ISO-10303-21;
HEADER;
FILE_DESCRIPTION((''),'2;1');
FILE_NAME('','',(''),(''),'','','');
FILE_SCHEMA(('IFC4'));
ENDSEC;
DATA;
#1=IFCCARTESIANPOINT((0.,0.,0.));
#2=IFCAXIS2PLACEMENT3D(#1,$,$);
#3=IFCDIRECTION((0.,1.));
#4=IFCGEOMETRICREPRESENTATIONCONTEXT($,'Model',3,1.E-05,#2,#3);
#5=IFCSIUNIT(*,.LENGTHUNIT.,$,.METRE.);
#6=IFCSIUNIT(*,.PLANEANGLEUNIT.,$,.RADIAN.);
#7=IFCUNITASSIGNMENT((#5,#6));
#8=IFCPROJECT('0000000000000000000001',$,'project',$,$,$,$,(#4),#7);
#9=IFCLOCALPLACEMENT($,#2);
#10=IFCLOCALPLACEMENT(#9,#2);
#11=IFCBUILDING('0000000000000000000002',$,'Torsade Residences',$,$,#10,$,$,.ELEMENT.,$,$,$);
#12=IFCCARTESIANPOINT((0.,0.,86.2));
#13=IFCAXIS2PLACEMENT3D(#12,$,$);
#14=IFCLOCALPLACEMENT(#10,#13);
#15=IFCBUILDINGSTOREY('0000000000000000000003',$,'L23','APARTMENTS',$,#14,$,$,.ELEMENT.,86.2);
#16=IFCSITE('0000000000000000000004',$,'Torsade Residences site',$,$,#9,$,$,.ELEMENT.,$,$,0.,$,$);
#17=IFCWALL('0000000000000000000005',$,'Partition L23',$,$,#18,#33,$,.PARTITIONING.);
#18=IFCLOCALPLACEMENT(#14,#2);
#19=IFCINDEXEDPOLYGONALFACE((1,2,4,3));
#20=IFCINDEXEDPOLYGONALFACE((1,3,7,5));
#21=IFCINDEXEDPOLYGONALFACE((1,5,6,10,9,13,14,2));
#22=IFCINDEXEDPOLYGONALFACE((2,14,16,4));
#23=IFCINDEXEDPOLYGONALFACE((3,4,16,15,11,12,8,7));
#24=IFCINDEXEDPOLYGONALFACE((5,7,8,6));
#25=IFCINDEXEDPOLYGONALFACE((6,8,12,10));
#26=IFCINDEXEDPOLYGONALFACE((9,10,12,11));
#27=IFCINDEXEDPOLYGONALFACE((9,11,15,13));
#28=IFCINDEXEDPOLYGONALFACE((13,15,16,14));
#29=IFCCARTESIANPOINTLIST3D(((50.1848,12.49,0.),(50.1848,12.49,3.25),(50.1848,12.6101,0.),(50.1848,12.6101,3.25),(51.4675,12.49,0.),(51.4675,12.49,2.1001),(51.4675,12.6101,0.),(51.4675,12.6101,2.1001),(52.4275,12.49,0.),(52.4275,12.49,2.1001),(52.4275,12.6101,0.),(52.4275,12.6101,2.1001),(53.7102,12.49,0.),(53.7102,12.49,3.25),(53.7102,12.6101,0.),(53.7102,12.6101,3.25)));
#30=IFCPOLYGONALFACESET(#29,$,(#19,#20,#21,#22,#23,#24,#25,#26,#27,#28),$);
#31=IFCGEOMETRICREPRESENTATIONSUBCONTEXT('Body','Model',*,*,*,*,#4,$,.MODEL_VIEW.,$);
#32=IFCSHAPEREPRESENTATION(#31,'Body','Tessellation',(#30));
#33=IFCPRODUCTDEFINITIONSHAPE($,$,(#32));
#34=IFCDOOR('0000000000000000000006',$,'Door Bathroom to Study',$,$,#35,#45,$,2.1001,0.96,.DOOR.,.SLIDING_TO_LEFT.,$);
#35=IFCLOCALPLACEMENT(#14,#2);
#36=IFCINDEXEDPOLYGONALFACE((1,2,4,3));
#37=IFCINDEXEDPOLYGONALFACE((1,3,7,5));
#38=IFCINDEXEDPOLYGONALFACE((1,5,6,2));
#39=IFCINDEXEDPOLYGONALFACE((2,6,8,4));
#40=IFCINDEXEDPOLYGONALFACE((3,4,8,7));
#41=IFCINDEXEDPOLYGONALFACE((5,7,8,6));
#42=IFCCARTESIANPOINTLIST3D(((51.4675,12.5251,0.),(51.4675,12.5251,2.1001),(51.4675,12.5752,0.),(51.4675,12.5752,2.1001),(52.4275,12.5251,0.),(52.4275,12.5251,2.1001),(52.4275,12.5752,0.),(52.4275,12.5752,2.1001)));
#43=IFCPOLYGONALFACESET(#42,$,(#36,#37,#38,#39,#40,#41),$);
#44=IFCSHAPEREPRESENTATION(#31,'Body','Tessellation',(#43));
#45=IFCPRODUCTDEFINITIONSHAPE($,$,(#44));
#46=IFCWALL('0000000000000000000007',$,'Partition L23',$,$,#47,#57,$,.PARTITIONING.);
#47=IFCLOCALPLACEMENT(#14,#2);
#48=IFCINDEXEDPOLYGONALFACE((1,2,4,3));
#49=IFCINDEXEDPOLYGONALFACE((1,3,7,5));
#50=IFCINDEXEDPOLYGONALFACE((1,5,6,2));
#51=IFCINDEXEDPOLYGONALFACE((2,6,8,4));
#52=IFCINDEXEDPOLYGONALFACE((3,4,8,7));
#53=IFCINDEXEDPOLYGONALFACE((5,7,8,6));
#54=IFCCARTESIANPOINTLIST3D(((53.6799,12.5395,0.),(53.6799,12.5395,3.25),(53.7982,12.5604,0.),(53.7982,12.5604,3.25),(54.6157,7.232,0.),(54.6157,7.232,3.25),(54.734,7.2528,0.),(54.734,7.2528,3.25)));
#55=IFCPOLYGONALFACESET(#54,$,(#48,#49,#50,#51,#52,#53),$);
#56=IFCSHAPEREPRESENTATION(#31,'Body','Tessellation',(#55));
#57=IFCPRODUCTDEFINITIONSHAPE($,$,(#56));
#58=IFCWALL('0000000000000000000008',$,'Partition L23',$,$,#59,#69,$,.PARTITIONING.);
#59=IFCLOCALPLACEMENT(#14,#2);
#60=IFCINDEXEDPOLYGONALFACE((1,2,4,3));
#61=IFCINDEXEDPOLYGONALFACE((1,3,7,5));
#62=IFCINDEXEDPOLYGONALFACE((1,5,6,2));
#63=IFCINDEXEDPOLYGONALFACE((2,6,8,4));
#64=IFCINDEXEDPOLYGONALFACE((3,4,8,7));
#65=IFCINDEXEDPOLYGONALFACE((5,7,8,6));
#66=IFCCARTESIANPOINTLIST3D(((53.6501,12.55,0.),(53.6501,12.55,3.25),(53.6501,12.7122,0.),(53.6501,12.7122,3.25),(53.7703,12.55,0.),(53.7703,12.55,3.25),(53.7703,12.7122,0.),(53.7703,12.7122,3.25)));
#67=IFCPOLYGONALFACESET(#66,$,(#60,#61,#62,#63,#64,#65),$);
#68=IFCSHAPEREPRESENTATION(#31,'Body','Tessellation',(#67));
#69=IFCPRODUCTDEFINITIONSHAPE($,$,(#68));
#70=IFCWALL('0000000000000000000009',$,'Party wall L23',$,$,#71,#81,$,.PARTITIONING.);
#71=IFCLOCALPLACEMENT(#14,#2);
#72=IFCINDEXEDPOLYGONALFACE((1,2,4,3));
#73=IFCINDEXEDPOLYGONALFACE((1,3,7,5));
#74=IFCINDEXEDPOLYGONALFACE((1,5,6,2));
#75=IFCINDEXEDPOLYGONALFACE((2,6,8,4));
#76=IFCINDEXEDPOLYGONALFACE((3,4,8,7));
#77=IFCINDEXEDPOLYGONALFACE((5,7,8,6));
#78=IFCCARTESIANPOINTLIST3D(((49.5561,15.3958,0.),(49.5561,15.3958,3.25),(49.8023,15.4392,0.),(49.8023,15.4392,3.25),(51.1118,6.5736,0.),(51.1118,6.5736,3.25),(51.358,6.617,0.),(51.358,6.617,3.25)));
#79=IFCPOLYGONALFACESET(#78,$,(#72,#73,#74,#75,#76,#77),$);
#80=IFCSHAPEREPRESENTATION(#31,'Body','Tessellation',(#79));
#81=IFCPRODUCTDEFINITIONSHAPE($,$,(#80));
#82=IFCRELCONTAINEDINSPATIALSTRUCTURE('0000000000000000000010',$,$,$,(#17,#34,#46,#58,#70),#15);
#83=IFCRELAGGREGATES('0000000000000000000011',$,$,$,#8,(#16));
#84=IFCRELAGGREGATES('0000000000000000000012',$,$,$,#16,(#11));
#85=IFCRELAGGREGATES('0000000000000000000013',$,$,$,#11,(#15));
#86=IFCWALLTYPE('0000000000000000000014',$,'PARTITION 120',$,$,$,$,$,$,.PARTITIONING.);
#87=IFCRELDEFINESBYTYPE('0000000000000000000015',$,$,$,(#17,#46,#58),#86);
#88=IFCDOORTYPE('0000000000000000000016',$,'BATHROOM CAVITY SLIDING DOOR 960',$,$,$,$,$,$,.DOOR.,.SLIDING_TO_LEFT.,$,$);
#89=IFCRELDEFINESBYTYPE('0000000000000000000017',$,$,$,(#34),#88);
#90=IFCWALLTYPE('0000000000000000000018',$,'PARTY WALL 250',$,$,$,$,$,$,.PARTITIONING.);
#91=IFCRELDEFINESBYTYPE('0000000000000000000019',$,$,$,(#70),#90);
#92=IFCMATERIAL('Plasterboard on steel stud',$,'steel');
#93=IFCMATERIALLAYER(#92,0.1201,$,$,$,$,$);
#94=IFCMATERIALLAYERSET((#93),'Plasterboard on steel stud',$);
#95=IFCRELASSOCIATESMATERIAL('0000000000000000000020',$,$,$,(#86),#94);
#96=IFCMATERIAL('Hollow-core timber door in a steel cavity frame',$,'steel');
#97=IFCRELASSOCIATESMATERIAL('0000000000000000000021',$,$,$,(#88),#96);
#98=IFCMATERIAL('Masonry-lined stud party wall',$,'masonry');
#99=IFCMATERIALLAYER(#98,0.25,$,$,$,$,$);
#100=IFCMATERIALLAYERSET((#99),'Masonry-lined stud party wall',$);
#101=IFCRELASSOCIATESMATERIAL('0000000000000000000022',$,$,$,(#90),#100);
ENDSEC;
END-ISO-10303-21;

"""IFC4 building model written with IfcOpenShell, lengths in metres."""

from ifc_helpers import new_model, si_unit, direction, frame, frame_2d, origin, place, context, subcontext, project, spatial, rectangle, extrude, material, layer, layer_set, type_object, element, fill, save


model = new_model("IFC4")

# Units and contexts
model_context = context("Model", 3, precision=1e-05, world=origin(), true_north=direction((0.0, 1.0)))
body_context = subcontext(model_context, "Body", "Model", "MODEL_VIEW")
ifc_project = project(units=[si_unit("LENGTHUNIT", "METRE"), si_unit("PLANEANGLEUNIT", "RADIAN")], contexts=[model_context])

# Site, building, storey
site_placement = place(None, origin())
site = spatial("IfcSite", under=ifc_project, at=site_placement, Name="Torsade Residences site", CompositionType="ELEMENT", RefElevation=0.0)
building_placement = place(site_placement, origin())
building = spatial("IfcBuilding", under=site, at=building_placement, Name="Torsade Residences", CompositionType="ELEMENT")
storey_placement = place(building_placement, frame((0.0, 0.0, 86.2)))
storey = spatial("IfcBuildingStorey", under=building, at=storey_placement, Name="L23", Description="APARTMENTS", CompositionType="ELEMENT", Elevation=86.2)

# Shared definitions
ifc_material_1 = material(Name="Plasterboard on steel stud", Category="steel")
ifc_layer_1 = layer(ifc_material_1, 0.1201)
ifc_layer_set_1 = layer_set([ifc_layer_1], Name="Plasterboard on steel stud")
wall_type_1 = type_object("IfcWallType", Name="PARTITION 120", PredefinedType="PARTITIONING", material=ifc_layer_set_1)

# Wall, opening, door
ifc_material_2 = material(Name="Hollow-core timber door in a steel cavity frame", Category="steel")
door_type_1 = type_object("IfcDoorType", Name="BATHROOM CAVITY SLIDING DOOR 960", OperationType="SLIDING_TO_LEFT", PredefinedType="DOOR", material=ifc_material_2)
wall_1_placement = place(storey_placement, frame((53.7102, 12.55, 0.0), z_axis=(0.0, 0.0, 1.0), x_axis=(-1.0, 0.0, 0.0)))
wall_1 = element("IfcWall", 1, at=wall_1_placement, inside=storey, type_object=wall_type_1, Name="Partition L23", PredefinedType="PARTITIONING", context=body_context, shape_type="SweptSolid", body=[
    extrude(rectangle(XDim=3.5254, YDim=0.1201, at=frame_2d((1.7627, 0.0))), origin(), (0.0, 0.0, 1.0), 3.25),
])
opening_1_placement = place(wall_1_placement, frame((1.2827, 0.0, 0.0)))
opening_1 = element("IfcOpeningElement", 2, at=opening_1_placement, cuts=wall_1, PredefinedType="OPENING", context=body_context, shape_type="SweptSolid", body=[
    extrude(rectangle(XDim=0.96, YDim=2.1001, at=frame_2d((0.48, 1.05))), frame((0.0, 0.0701, 0.0), z_axis=(0.0, -1.0, 0.0), x_axis=(1.0, 0.0, 0.0)), (0.0, 0.0, 1.0), 0.1401),
])
door_1_placement = place(opening_1_placement, origin())
door_1 = element("IfcDoor", 3, at=door_1_placement, inside=storey, type_object=door_type_1, Name="Door Bathroom to Study", OperationType="SLIDING_TO_LEFT", OverallHeight=2.1001, OverallWidth=0.96, PredefinedType="DOOR", context=body_context, shape_type="SweptSolid", body=[
    extrude(rectangle(XDim=0.96, YDim=2.1001, at=frame_2d((0.48, 1.05))), frame((0.0, 0.0249, 0.0), z_axis=(0.0, -1.0, 0.0), x_axis=(1.0, 0.0, 0.0)), (0.0, 0.0, 1.0), 0.05),
])
fill(opening_1, door_1)

# Walls
wall_2_placement = place(storey_placement, frame((53.739, 12.55, 0.0), z_axis=(0.0, 0.0, 1.0), x_axis=(0.173633, -0.98481, 0.0)))
element("IfcWall", 4, at=wall_2_placement, inside=storey, type_object=wall_type_1, Name="Partition L23", PredefinedType="PARTITIONING", context=body_context, shape_type="SweptSolid", body=[
    extrude(rectangle(XDim=5.3894, YDim=0.1201, at=frame_2d((2.6948, 0.0))), origin(), (0.0, 0.0, 1.0), 3.25),
])
wall_3_placement = place(storey_placement, frame((53.7102, 12.7122, 0.0), z_axis=(0.0, 0.0, 1.0), x_axis=(0.0, -1.0, 0.0)))
element("IfcWall", 5, at=wall_3_placement, inside=storey, type_object=wall_type_1, Name="Partition L23", PredefinedType="PARTITIONING", context=body_context, shape_type="SweptSolid", body=[
    extrude(rectangle(XDim=0.1621, YDim=0.1201, at=frame_2d((0.0811, 0.0))), origin(), (0.0, 0.0, 1.0), 3.25),
])
ifc_material_3 = material(Name="Masonry-lined stud party wall", Category="masonry")
ifc_layer_2 = layer(ifc_material_3, 0.25)
ifc_layer_set_2 = layer_set([ifc_layer_2], Name="Masonry-lined stud party wall")
wall_type_2 = type_object("IfcWallType", Name="PARTY WALL 250", PredefinedType="PARTITIONING", material=ifc_layer_set_2)
wall_4_placement = place(storey_placement, frame((51.2349, 6.5955, 0.0), z_axis=(0.0, 0.0, 1.0), x_axis=(-0.173655, 0.984807, 0.0)))
element("IfcWall", 6, at=wall_4_placement, inside=storey, type_object=wall_type_2, Name="Party wall L23", PredefinedType="PARTITIONING", context=body_context, shape_type="SweptSolid", body=[
    extrude(rectangle(XDim=8.9583, YDim=0.25, at=frame_2d((4.479, 0.0))), origin(), (0.0, 0.0, 1.0), 3.25),
])

save(model, "model.ifc")
